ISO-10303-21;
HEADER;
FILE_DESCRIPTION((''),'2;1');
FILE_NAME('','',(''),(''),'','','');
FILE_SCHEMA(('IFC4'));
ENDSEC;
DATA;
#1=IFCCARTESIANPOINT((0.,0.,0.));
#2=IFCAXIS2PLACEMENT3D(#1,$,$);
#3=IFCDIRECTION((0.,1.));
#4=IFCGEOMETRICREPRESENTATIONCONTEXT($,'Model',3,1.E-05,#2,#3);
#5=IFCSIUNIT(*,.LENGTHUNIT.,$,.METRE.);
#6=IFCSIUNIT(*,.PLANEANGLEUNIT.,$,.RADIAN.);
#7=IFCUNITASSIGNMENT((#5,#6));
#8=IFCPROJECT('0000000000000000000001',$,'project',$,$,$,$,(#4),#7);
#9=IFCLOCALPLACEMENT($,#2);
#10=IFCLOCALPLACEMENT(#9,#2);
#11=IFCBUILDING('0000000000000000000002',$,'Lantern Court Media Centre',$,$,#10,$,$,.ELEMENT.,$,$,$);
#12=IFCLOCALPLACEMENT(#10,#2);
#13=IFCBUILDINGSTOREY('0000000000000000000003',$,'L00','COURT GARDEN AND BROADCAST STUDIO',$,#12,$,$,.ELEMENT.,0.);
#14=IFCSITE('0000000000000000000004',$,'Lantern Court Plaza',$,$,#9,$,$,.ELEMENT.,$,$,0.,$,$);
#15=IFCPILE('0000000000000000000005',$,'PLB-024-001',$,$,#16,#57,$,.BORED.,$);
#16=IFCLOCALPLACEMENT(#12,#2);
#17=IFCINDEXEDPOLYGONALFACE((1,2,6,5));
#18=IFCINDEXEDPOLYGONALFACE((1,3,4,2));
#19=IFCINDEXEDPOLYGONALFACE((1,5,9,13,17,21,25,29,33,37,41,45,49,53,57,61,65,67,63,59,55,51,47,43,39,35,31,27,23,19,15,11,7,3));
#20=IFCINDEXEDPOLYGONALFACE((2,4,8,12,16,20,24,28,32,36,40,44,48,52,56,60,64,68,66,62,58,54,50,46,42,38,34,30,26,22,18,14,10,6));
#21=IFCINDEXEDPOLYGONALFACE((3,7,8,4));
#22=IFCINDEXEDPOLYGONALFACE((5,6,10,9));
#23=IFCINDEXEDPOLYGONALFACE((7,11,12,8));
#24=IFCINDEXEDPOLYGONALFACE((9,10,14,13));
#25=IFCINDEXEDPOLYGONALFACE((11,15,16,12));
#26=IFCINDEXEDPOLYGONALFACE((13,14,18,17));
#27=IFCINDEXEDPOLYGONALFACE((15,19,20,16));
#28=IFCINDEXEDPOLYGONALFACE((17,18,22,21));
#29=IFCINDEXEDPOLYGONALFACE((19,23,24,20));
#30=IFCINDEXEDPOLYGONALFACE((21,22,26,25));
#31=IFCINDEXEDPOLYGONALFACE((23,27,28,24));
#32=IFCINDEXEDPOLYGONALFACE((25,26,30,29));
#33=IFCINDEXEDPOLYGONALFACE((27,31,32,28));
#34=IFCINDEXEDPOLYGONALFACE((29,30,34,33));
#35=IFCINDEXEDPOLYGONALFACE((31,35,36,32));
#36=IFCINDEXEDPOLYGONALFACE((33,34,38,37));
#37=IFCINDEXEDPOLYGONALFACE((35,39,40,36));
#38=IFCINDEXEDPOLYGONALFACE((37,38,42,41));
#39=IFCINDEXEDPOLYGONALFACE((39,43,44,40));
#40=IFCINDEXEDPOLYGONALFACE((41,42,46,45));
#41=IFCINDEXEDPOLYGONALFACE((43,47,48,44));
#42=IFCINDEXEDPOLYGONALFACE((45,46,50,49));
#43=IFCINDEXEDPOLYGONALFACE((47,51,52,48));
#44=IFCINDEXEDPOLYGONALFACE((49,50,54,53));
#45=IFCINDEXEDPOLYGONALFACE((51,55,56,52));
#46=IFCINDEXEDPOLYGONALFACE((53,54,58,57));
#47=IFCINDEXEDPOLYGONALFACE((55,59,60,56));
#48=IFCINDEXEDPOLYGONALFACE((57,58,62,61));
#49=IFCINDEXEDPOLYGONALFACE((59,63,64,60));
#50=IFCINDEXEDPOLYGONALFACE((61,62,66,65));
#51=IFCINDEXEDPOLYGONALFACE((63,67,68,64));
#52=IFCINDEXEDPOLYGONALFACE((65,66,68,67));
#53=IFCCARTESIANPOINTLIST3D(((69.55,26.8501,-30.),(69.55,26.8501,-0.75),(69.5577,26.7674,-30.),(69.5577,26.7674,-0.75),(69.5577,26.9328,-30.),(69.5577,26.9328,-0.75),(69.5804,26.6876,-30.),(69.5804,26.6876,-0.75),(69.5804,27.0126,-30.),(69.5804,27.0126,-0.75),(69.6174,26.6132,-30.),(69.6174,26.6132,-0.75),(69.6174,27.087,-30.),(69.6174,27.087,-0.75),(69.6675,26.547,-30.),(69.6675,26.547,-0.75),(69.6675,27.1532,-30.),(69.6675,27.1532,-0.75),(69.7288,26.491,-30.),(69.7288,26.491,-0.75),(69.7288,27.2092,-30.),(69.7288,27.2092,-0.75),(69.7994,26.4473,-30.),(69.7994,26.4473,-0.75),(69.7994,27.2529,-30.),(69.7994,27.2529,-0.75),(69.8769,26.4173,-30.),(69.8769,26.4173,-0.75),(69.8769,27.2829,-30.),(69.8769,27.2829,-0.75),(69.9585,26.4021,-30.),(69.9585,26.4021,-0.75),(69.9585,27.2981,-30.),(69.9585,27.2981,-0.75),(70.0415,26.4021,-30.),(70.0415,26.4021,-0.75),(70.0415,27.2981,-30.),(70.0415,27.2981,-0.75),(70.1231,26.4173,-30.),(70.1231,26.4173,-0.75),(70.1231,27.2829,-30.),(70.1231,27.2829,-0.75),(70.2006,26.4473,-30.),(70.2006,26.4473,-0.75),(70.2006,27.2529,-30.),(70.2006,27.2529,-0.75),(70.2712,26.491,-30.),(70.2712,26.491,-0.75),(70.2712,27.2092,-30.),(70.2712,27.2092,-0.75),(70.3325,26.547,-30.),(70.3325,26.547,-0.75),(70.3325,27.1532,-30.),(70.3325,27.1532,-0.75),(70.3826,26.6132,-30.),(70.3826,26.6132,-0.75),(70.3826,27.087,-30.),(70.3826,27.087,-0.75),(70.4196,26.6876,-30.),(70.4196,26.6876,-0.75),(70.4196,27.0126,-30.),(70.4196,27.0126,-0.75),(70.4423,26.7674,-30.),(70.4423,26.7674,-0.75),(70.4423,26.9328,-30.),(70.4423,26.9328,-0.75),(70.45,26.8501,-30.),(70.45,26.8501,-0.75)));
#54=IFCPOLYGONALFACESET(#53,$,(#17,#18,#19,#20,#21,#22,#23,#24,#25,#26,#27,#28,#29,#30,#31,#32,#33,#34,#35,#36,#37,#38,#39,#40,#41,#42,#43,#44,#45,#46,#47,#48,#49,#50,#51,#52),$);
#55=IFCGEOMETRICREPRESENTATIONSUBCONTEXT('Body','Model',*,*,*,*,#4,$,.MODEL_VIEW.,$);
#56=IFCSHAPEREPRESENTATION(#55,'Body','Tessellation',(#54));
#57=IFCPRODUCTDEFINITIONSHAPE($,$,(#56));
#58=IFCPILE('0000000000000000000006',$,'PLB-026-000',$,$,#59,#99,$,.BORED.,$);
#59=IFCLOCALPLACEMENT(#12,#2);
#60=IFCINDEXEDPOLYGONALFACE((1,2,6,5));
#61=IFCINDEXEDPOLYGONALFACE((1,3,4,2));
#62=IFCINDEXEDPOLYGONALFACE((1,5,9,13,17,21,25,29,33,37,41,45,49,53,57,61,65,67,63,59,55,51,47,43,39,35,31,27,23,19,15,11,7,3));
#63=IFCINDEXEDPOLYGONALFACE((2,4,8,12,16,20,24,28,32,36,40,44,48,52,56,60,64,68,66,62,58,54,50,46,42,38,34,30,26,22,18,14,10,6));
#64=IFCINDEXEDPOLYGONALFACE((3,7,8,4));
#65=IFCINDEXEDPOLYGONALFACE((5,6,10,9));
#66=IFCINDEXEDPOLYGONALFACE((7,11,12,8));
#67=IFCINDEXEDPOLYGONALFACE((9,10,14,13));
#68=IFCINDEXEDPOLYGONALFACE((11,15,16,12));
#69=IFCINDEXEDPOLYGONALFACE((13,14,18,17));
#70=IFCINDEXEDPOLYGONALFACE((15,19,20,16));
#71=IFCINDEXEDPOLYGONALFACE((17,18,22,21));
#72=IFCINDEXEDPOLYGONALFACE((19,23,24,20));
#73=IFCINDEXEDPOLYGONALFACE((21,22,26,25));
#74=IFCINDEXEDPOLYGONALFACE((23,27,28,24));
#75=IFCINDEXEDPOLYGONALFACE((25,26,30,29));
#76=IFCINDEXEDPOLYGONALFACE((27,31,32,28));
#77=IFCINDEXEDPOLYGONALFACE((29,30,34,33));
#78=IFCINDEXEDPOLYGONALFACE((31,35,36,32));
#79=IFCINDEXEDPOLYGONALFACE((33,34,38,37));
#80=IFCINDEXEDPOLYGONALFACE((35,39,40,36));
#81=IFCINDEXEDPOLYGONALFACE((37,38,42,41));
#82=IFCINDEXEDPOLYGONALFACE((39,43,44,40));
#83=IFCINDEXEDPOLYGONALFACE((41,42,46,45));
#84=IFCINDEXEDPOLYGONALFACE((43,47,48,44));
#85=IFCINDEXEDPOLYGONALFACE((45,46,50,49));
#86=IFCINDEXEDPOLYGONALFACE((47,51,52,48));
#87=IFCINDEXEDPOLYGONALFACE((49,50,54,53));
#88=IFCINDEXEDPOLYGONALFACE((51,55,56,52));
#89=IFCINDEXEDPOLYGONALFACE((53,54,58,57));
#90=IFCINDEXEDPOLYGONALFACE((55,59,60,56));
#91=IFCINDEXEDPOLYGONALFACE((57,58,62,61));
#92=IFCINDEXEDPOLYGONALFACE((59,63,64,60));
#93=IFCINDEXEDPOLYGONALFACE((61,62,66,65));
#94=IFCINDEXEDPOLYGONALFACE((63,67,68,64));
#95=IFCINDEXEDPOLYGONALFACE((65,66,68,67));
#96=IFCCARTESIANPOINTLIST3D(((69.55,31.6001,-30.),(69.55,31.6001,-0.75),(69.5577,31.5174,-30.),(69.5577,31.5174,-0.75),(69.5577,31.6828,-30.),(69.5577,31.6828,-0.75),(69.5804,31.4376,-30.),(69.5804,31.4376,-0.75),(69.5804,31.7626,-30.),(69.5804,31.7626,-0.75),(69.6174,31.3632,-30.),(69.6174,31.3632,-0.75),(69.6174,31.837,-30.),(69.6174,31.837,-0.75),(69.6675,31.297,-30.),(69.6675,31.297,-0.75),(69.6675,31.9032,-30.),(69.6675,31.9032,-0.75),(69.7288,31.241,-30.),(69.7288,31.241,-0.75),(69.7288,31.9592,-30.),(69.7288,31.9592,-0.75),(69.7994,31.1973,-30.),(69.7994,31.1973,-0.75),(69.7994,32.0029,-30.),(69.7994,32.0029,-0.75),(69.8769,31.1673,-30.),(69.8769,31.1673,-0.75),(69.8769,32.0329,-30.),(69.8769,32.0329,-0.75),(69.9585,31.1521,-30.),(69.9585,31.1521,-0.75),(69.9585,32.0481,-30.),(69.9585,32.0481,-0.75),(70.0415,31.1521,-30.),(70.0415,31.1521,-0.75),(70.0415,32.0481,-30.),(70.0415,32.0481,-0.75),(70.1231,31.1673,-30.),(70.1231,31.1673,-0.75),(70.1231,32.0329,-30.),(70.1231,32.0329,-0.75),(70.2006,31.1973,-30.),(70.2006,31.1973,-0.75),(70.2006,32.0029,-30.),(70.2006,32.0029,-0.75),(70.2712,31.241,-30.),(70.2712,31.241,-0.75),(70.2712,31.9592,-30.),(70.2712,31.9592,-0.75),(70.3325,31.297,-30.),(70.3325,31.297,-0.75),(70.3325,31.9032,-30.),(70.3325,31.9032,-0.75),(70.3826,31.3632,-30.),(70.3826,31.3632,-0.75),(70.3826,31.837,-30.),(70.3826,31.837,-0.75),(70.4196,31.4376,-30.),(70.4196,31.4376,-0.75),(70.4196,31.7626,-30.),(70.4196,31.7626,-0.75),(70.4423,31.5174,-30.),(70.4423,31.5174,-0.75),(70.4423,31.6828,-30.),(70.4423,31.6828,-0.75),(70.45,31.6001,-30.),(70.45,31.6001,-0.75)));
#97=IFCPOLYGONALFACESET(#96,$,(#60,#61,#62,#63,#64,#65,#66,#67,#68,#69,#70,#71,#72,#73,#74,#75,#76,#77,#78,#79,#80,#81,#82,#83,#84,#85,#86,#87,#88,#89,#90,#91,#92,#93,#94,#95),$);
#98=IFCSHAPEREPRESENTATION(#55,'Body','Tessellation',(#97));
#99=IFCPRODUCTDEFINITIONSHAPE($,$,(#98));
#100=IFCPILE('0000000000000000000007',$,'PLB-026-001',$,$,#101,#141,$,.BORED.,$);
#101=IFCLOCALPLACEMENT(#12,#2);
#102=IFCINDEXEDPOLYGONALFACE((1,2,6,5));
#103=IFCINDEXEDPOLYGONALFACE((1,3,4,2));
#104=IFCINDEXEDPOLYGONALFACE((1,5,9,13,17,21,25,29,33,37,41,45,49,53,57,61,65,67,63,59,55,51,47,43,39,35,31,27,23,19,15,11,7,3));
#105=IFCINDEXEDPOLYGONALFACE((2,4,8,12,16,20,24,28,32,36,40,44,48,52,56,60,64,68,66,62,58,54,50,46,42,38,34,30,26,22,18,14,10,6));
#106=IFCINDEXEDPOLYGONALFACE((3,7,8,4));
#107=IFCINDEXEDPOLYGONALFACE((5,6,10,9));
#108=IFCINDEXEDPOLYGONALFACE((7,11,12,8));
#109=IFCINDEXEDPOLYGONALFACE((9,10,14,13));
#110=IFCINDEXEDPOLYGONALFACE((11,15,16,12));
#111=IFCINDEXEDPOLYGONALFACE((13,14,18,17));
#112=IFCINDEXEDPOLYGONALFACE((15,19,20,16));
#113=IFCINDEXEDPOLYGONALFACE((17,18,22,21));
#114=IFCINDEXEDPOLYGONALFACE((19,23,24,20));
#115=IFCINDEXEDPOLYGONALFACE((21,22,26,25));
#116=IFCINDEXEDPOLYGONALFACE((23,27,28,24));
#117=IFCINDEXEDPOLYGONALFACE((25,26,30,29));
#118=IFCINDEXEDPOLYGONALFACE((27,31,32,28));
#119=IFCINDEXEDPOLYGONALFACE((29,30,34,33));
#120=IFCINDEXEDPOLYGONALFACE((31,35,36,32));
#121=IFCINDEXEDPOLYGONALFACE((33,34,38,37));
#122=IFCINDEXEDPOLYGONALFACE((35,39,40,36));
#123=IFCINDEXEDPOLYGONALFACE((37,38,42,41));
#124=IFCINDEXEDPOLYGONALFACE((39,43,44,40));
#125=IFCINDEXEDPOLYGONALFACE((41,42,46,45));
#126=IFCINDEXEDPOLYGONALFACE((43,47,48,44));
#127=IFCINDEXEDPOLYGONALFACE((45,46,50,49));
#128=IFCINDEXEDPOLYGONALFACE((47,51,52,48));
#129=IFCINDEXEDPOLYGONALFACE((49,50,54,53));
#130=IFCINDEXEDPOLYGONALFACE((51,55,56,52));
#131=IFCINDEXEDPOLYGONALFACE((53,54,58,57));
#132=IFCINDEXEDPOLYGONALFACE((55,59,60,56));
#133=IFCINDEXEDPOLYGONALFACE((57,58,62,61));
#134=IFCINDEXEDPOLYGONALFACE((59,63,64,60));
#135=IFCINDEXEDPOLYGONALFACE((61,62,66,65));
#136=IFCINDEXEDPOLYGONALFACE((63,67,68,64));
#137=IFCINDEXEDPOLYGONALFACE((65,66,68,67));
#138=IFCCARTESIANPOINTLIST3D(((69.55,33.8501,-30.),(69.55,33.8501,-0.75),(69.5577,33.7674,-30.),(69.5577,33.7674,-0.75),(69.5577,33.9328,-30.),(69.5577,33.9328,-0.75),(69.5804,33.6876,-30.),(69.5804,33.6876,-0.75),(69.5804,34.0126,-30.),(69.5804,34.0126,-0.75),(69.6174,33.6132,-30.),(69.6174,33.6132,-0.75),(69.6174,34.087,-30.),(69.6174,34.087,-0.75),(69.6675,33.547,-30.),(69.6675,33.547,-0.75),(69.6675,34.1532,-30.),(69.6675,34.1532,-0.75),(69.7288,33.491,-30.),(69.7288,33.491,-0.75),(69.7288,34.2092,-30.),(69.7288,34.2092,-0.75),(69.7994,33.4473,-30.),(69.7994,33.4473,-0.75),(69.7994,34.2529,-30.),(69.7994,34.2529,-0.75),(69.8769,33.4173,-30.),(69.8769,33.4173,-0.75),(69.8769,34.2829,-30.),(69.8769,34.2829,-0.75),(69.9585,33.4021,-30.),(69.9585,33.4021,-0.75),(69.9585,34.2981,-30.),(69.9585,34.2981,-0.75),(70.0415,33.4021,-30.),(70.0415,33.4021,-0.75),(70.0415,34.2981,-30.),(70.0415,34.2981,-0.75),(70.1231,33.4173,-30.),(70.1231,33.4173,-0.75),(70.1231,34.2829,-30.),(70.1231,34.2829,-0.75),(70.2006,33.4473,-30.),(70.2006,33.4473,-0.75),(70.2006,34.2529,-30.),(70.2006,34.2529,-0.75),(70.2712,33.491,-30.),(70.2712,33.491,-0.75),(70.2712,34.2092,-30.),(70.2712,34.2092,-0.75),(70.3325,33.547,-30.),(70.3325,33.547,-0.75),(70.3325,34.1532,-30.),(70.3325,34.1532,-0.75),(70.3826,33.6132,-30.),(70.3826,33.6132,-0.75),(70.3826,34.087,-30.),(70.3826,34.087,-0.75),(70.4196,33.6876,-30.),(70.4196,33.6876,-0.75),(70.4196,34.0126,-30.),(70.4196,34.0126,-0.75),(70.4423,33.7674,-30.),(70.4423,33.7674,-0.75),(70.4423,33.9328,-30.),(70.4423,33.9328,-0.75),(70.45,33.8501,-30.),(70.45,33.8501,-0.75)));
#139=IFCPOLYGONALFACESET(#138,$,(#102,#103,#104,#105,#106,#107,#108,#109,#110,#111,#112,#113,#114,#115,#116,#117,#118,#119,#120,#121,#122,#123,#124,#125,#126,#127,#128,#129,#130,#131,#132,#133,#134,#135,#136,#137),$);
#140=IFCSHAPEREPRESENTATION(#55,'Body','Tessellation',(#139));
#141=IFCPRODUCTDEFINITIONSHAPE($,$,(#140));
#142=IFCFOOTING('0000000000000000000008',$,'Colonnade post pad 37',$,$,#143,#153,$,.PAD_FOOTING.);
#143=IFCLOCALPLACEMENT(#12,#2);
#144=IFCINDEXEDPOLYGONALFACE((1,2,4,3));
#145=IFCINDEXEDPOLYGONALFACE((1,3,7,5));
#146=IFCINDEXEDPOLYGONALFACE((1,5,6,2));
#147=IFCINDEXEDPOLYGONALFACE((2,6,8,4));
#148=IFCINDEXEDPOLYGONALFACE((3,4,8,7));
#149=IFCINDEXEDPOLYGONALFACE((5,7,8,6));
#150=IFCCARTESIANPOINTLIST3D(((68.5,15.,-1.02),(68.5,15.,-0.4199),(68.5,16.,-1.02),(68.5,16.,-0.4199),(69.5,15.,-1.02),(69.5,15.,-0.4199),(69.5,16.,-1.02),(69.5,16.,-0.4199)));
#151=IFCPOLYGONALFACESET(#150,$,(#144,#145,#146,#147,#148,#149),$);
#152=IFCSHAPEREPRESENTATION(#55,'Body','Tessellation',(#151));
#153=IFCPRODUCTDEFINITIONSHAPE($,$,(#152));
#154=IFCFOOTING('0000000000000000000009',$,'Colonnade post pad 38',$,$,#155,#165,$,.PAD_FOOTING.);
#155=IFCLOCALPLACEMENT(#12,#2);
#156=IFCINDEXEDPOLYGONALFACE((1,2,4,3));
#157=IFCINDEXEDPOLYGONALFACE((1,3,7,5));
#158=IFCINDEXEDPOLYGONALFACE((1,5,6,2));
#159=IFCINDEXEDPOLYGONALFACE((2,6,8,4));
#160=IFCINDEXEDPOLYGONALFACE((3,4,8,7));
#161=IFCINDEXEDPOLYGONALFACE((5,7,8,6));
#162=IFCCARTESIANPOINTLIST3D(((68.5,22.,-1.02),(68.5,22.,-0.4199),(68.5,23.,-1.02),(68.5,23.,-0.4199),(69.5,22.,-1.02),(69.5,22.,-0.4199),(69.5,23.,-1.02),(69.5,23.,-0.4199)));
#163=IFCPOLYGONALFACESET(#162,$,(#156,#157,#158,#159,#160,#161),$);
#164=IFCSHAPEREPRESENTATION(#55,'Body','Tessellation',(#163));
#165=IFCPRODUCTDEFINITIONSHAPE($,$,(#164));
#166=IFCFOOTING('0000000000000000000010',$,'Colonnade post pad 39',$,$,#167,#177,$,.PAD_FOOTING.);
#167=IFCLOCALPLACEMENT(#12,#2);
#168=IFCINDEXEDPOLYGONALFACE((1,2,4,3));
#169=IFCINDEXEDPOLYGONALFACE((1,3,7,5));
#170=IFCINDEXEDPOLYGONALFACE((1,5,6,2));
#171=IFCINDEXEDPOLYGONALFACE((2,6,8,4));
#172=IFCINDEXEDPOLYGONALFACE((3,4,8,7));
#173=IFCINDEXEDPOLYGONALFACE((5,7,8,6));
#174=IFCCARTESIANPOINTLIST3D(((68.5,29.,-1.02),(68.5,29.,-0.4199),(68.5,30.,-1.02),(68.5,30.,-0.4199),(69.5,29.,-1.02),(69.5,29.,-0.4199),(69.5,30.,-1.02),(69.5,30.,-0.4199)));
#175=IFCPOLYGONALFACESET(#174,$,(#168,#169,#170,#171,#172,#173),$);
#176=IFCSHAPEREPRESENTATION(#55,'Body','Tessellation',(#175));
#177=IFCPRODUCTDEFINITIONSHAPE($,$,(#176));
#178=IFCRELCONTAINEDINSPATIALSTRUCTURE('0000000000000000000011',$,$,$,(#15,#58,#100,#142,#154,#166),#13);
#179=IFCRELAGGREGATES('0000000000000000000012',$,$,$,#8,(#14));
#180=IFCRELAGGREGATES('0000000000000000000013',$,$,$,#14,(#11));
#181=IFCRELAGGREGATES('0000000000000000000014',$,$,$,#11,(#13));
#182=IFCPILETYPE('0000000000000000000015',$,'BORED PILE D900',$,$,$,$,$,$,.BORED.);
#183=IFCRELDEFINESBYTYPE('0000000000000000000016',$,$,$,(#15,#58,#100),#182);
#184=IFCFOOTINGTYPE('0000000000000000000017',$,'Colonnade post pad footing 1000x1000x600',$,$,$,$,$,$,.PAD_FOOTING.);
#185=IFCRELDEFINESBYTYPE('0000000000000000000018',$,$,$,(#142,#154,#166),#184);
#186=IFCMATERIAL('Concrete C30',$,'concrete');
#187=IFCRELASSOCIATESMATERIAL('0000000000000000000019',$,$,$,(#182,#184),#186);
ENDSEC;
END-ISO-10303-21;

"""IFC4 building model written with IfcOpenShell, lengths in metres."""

from ifc_helpers import new_model, si_unit, direction, frame, origin, origin_2d, place, context, subcontext, project, spatial, rectangle, circle, extrude, material, material_profile, profile_set, type_object, element, save


model = new_model("IFC4")

# Units and contexts
model_context = context("Model", 3, precision=1e-05, world=origin(), true_north=direction((0.0, 1.0)))
body_context = subcontext(model_context, "Body", "Model", "MODEL_VIEW")
ifc_project = project(units=[si_unit("LENGTHUNIT", "METRE"), si_unit("PLANEANGLEUNIT", "RADIAN")], contexts=[model_context])

# Site, building, storey
site_placement = place(None, origin())
site = spatial("IfcSite", under=ifc_project, at=site_placement, Name="Lantern Court Plaza", CompositionType="ELEMENT", RefElevation=0.0)
building_placement = place(site_placement, origin())
building = spatial("IfcBuilding", under=site, at=building_placement, Name="Lantern Court Media Centre", CompositionType="ELEMENT")
storey_placement = place(building_placement, origin())
storey = spatial("IfcBuildingStorey", under=building, at=storey_placement, Name="L00", Description="COURT GARDEN AND BROADCAST STUDIO", CompositionType="ELEMENT", Elevation=0.0)

# Piles
ifc_material_1 = material(Name="Concrete C30", Category="concrete")
ifc_material_profile_1 = material_profile(ifc_material_1, circle(Radius=0.45, at=origin_2d()), Name="D900")
ifc_profile_set_1 = profile_set([ifc_material_profile_1], Name="Concrete C30")
pile_type = type_object("IfcPileType", Name="BORED PILE D900", PredefinedType="BORED", material=ifc_profile_set_1)
for number, where, z_axis, x_axis, name in (
    (1, (70.0, 26.8501, -0.75), (0.0, 0.0, -1.0), (1.0, 0.0, 0.0), "PLB-024-001"),
    (2, (70.0, 31.6001, -0.75), (0.0, 0.0, -1.0), (1.0, 0.0, 0.0), "PLB-026-000"),
    (3, (70.0, 33.8501, -0.75), (0.0, 0.0, -1.0), (1.0, 0.0, 0.0), "PLB-026-001"),
):
    element("IfcPile", number, at=place(storey_placement, frame(where, z_axis=z_axis, x_axis=x_axis)), inside=storey, type_object=pile_type, Name=name, PredefinedType="BORED", context=body_context, shape_type="SweptSolid", body=[
        extrude(circle(Radius=0.45, at=origin_2d()), origin(), (0.0, 0.0, 1.0), 29.25),
    ])

# Footings
footing_type = type_object("IfcFootingType", Name="Colonnade post pad footing 1000x1000x600", PredefinedType="PAD_FOOTING", material=ifc_material_1)
for number, where, z_axis, x_axis, name in (
    (4, (69.0, 15.5, -1.02), (0.0, 0.0, 1.0), (1.0, 0.0, 0.0), "Colonnade post pad 37"),
    (5, (69.0, 22.5, -1.02), (0.0, 0.0, 1.0), (1.0, 0.0, 0.0), "Colonnade post pad 38"),
    (6, (69.0, 29.5, -1.02), (0.0, 0.0, 1.0), (1.0, 0.0, 0.0), "Colonnade post pad 39"),
):
    element("IfcFooting", number, at=place(storey_placement, frame(where, z_axis=z_axis, x_axis=x_axis)), inside=storey, type_object=footing_type, Name=name, PredefinedType="PAD_FOOTING", context=body_context, shape_type="SweptSolid", body=[
        extrude(rectangle(XDim=1.0, YDim=1.0, at=origin_2d()), origin(), (0.0, 0.0, 1.0), 0.6001),
    ])

save(model, "model.ifc")
